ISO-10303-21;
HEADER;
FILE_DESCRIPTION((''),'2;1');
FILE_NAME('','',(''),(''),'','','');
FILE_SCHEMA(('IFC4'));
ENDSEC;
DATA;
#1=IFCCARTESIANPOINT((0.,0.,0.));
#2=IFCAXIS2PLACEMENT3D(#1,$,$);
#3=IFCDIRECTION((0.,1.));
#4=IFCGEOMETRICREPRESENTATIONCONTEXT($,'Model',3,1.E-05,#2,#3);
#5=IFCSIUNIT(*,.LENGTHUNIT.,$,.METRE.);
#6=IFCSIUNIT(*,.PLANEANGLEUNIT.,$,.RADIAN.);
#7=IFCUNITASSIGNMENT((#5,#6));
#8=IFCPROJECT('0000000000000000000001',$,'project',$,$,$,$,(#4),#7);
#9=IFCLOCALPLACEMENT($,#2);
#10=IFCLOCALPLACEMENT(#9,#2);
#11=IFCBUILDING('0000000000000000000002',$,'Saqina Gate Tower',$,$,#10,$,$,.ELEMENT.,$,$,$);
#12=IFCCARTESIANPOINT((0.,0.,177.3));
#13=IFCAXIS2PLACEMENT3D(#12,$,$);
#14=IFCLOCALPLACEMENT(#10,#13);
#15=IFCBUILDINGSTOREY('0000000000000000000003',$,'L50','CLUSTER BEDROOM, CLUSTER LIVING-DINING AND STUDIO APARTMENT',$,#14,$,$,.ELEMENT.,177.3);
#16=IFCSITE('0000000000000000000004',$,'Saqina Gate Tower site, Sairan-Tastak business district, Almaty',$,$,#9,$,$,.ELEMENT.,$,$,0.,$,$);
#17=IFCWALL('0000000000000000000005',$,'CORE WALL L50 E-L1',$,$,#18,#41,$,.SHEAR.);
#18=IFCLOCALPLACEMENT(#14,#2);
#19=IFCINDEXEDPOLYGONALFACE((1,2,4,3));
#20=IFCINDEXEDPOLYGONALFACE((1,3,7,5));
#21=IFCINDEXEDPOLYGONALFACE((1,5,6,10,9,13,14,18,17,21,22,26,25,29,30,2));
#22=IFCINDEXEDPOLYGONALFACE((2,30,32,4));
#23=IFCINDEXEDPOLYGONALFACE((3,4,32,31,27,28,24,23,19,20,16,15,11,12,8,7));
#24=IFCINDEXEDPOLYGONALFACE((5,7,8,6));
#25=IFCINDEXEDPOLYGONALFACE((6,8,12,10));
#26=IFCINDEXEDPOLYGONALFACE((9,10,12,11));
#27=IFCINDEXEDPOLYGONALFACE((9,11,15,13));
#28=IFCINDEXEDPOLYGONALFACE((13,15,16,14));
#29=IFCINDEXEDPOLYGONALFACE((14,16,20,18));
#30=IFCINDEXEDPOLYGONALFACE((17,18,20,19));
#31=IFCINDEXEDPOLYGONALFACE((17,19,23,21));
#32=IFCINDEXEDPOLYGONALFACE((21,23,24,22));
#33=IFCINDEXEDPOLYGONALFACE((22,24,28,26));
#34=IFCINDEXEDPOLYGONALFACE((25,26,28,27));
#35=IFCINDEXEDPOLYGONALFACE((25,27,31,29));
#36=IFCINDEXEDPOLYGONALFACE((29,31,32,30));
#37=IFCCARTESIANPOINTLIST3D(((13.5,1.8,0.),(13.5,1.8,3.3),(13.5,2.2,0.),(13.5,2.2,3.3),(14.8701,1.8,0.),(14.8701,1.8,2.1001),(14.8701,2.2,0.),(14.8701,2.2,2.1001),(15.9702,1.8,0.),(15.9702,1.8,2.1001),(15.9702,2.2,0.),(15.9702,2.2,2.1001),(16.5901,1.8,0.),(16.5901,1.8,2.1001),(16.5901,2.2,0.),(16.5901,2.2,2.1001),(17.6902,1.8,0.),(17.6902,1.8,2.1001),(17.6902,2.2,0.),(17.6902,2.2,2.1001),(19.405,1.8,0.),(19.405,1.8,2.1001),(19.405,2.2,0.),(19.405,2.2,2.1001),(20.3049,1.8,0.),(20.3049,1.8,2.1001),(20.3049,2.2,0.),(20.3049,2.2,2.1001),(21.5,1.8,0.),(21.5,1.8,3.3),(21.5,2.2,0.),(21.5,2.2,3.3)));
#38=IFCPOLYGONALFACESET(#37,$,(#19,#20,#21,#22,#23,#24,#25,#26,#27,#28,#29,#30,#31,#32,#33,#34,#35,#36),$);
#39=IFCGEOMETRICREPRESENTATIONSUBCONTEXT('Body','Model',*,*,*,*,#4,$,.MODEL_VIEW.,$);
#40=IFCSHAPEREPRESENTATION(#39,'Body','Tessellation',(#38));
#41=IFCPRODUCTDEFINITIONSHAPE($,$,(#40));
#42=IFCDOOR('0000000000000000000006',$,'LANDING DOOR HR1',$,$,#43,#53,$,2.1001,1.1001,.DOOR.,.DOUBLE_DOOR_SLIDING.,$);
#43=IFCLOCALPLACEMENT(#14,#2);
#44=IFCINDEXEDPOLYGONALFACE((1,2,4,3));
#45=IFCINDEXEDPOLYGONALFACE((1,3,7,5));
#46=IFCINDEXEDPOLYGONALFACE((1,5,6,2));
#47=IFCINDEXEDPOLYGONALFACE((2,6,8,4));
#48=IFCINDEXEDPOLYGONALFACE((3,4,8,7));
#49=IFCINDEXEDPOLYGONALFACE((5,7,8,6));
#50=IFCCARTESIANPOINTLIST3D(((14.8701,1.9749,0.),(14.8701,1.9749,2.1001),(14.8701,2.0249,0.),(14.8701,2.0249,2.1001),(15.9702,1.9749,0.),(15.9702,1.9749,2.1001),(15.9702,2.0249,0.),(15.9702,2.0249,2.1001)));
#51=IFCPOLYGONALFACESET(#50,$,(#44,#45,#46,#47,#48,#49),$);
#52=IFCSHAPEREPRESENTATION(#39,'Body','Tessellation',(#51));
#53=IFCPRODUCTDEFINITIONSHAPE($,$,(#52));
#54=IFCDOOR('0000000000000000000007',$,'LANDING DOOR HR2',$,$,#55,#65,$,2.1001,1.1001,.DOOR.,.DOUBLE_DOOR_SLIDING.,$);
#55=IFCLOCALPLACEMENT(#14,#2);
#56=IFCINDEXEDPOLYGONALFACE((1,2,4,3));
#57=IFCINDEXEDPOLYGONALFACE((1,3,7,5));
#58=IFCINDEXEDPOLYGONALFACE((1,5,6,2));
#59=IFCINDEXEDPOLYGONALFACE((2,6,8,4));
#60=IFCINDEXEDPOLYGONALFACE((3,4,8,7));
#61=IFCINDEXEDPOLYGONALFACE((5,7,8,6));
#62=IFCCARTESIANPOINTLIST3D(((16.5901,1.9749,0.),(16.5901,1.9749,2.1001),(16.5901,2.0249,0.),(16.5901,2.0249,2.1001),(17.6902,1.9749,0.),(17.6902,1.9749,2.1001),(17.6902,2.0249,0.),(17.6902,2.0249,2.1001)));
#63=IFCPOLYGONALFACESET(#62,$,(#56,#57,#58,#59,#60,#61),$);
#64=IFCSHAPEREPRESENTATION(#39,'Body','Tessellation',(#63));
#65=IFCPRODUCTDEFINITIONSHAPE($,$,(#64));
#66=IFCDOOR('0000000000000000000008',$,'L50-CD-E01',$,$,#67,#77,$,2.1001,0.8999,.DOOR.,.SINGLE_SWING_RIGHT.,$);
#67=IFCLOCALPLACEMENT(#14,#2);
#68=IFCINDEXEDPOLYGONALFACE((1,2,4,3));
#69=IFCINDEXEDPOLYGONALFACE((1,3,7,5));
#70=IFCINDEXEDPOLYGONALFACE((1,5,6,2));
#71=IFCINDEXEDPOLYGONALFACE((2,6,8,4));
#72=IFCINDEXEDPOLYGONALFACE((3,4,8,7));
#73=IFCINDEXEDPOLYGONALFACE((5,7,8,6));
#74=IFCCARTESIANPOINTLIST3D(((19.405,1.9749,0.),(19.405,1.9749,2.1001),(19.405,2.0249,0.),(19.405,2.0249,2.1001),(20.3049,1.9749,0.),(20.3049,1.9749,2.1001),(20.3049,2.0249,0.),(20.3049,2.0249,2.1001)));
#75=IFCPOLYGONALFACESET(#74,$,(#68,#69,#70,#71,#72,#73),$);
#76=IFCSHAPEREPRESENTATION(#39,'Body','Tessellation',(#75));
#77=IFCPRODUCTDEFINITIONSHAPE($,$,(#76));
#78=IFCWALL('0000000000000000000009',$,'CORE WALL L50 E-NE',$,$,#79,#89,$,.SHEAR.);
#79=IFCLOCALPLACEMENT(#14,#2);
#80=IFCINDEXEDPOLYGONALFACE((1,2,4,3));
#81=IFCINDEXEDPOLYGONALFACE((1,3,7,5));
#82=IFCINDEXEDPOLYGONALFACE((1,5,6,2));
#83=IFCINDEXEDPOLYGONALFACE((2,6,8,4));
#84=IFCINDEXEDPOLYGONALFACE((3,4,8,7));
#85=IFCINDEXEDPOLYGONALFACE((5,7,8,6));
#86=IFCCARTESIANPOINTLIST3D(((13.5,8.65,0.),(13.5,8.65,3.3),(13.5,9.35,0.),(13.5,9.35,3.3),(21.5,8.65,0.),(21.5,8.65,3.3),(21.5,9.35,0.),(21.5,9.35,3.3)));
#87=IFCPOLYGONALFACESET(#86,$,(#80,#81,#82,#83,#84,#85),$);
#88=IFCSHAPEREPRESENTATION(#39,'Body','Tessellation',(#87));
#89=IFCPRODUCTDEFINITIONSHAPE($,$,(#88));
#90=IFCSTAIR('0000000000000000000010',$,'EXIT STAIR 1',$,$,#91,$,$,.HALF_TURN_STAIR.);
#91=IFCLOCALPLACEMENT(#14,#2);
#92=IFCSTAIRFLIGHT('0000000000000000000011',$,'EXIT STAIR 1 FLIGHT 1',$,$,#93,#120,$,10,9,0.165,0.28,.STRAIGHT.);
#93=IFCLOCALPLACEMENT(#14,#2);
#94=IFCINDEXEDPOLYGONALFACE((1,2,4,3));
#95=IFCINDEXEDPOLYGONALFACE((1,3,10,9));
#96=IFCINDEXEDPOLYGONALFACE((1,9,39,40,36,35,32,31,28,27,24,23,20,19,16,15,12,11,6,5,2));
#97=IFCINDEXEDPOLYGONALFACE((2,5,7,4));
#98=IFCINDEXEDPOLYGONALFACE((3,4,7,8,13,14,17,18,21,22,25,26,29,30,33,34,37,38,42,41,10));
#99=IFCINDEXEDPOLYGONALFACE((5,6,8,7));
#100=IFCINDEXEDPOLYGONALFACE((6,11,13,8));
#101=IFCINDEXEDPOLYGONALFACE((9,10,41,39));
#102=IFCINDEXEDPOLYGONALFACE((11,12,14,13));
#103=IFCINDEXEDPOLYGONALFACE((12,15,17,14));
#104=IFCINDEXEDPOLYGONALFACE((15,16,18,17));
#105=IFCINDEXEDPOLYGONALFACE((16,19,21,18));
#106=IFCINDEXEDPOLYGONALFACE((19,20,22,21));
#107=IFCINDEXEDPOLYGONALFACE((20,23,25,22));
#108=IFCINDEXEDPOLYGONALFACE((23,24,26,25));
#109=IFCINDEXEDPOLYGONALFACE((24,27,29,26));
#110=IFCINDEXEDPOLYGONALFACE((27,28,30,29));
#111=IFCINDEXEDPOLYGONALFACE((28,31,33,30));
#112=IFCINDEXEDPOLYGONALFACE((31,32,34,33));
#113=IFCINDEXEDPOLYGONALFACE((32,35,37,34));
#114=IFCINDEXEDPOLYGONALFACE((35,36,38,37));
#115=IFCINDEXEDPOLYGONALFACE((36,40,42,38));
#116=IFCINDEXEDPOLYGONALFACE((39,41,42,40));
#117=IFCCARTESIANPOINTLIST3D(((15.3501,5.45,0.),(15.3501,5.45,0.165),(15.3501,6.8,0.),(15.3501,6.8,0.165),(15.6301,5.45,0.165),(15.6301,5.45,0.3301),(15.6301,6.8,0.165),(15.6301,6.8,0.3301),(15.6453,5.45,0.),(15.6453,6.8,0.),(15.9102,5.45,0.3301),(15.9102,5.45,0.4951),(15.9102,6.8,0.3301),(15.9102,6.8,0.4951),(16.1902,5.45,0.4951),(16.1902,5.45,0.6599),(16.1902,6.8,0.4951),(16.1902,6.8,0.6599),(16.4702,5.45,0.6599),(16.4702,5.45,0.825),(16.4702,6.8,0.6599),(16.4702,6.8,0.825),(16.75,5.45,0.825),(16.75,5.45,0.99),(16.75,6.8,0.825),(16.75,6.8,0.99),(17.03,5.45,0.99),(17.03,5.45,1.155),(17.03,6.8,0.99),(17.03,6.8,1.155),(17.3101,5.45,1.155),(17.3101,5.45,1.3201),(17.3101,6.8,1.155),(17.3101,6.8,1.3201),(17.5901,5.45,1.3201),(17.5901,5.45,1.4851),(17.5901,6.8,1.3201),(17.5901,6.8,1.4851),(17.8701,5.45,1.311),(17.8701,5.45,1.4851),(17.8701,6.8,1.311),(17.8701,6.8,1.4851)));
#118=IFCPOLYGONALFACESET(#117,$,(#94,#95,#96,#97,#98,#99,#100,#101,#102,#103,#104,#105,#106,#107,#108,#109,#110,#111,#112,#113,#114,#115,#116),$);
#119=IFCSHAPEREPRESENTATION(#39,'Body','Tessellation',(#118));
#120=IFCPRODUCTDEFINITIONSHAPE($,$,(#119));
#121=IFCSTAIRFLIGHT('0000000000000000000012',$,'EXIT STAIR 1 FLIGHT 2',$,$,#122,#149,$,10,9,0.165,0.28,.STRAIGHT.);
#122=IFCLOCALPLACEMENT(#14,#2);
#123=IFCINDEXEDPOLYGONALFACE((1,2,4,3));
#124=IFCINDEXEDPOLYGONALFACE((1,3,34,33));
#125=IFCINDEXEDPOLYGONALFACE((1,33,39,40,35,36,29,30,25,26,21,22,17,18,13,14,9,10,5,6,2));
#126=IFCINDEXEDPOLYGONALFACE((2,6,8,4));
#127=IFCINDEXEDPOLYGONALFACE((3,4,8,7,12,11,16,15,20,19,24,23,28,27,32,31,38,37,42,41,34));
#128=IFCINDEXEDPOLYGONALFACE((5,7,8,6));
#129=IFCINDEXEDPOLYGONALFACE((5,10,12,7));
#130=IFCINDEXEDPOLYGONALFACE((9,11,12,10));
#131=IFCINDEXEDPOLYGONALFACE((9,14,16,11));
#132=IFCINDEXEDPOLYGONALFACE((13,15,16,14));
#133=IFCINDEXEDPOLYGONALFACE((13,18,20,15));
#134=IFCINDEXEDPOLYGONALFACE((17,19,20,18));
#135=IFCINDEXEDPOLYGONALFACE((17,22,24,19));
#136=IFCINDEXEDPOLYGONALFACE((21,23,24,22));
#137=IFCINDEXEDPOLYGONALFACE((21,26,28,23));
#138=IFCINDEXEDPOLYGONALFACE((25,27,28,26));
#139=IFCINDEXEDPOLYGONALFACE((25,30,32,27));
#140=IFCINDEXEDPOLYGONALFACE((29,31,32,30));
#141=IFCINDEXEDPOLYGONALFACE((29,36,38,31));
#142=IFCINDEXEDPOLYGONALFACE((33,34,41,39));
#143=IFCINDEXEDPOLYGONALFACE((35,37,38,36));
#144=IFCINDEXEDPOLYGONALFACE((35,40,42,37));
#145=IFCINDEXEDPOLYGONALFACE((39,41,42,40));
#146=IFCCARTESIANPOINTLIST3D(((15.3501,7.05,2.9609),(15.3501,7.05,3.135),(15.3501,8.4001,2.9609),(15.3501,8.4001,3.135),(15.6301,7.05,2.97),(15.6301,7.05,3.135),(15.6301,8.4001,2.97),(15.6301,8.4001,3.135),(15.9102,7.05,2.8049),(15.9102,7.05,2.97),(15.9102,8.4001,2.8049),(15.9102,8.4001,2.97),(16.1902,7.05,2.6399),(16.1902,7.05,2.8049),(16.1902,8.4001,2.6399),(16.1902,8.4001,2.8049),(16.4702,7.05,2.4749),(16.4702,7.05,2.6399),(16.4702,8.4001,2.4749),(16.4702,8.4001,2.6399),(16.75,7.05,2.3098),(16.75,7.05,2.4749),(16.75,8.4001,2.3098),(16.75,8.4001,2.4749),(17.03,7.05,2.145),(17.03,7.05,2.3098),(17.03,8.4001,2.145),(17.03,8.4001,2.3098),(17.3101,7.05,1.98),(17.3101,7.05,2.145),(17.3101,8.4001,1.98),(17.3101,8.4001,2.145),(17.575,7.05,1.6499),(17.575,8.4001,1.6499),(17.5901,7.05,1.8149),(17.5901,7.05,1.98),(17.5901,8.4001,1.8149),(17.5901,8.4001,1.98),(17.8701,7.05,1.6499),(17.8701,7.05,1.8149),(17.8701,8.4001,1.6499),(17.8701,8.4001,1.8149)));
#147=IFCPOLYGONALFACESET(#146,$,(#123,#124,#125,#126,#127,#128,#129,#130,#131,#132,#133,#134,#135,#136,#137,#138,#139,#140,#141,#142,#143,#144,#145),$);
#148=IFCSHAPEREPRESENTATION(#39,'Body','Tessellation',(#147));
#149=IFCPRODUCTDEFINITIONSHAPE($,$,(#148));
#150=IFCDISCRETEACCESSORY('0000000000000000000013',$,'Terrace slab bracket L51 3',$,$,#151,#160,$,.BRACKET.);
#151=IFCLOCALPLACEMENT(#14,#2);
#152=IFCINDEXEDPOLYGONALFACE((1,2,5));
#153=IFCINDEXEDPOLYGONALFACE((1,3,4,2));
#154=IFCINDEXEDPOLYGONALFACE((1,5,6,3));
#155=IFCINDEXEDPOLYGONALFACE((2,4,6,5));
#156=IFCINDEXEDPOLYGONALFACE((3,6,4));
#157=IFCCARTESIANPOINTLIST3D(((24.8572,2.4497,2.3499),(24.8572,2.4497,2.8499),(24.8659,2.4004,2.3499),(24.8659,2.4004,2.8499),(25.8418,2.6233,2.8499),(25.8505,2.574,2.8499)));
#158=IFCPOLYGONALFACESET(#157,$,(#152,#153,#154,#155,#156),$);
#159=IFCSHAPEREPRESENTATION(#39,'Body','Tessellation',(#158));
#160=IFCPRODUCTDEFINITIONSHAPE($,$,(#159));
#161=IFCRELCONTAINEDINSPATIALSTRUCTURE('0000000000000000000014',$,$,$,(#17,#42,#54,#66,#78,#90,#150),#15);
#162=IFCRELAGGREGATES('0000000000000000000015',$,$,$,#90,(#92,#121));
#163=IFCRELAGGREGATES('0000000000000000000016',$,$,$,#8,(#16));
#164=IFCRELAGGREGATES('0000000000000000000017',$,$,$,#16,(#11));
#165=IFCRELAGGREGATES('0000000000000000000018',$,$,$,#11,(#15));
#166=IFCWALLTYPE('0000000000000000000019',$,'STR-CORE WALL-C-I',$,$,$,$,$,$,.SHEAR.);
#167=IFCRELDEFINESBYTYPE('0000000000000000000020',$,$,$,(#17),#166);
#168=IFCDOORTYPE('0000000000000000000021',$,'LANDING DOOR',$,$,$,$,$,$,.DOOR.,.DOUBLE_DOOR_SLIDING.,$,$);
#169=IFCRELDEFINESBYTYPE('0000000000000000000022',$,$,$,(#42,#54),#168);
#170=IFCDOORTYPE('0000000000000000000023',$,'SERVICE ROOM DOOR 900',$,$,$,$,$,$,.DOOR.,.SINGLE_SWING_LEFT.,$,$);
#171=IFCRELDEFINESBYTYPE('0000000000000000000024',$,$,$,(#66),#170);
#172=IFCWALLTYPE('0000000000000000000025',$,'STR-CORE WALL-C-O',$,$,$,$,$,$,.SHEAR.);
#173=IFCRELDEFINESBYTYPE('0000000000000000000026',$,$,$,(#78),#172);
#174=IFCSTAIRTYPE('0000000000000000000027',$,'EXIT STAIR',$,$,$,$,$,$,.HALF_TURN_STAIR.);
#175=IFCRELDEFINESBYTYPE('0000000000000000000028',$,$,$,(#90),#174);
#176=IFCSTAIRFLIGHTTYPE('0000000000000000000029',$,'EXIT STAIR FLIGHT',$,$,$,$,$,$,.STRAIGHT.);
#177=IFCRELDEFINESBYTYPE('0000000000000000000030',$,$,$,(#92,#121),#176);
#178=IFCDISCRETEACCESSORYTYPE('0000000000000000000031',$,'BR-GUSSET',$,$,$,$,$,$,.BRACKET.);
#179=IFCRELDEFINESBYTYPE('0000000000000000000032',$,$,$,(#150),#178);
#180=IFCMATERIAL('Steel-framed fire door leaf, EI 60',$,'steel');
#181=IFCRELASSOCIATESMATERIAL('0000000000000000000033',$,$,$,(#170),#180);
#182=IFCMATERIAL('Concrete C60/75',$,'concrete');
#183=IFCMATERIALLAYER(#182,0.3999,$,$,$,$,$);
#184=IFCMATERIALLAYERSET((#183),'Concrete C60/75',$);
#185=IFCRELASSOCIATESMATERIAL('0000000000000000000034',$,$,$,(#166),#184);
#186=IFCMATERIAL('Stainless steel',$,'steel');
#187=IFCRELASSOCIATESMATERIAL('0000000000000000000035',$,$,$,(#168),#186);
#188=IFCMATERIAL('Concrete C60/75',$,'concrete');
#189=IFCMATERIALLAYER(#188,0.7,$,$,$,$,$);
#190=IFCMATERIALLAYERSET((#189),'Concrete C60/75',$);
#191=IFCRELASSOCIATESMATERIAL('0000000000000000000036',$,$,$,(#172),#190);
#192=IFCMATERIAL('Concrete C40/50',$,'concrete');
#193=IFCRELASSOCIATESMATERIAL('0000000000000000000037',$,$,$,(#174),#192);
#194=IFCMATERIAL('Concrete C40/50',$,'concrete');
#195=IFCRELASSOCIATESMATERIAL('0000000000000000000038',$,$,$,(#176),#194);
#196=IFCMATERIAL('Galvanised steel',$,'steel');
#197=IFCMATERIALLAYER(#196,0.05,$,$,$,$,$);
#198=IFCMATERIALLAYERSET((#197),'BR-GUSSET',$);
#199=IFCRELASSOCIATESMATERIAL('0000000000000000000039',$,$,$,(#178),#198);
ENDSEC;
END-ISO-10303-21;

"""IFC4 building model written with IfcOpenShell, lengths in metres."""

from ifc_helpers import new_model, si_unit, direction, frame, frame_2d, origin, place, context, subcontext, project, spatial, polyline, rectangle, outline, extrude, material, layer, layer_set, type_object, element, fill, aggregate, save


model = new_model("IFC4")

# Units and contexts
model_context = context("Model", 3, precision=1e-05, world=origin(), true_north=direction((0.0, 1.0)))
body_context = subcontext(model_context, "Body", "Model", "MODEL_VIEW")
ifc_project = project(units=[si_unit("LENGTHUNIT", "METRE"), si_unit("PLANEANGLEUNIT", "RADIAN")], contexts=[model_context])

# Site, building, storey
site_placement = place(None, origin())
site = spatial("IfcSite", under=ifc_project, at=site_placement, Name="Saqina Gate Tower site, Sairan-Tastak business district, Almaty", CompositionType="ELEMENT", RefElevation=0.0)
building_placement = place(site_placement, origin())
building = spatial("IfcBuilding", under=site, at=building_placement, Name="Saqina Gate Tower", CompositionType="ELEMENT")
storey_placement = place(building_placement, frame((0.0, 0.0, 177.3)))
storey = spatial("IfcBuildingStorey", under=building, at=storey_placement, Name="L50", Description="CLUSTER BEDROOM, CLUSTER LIVING-DINING AND STUDIO APARTMENT", CompositionType="ELEMENT", Elevation=177.3)

# Shared definitions
ifc_material_1 = material(Name="Steel-framed fire door leaf, EI 60", Category="steel")
door_type_1 = type_object("IfcDoorType", Name="SERVICE ROOM DOOR 900", OperationType="SINGLE_SWING_LEFT", PredefinedType="DOOR", material=ifc_material_1)

# Shared definitions
ifc_material_2 = material(Name="Concrete C60/75", Category="concrete")
ifc_layer_1 = layer(ifc_material_2, 0.3999)
ifc_layer_set_1 = layer_set([ifc_layer_1], Name="Concrete C60/75")
wall_type_1 = type_object("IfcWallType", Name="STR-CORE WALL-C-I", PredefinedType="SHEAR", material=ifc_layer_set_1)

# Wall, openings, doors
wall_1_placement = place(storey_placement, frame((13.5, 2.0, 0.0), z_axis=(0.0, 0.0, 1.0), x_axis=(1.0, 0.0, 0.0)))
wall_1 = element("IfcWall", 1, at=wall_1_placement, inside=storey, type_object=wall_type_1, Name="CORE WALL L50 E-L1", PredefinedType="SHEAR", context=body_context, shape_type="SweptSolid", body=[
    extrude(rectangle(XDim=8.0, YDim=0.3999, at=frame_2d((4.0, 0.0))), origin(), (0.0, 0.0, 1.0), 3.3),
])
opening_1_placement = place(wall_1_placement, frame((1.3701, 0.0, 0.0)))
opening_1 = element("IfcOpeningElement", 2, at=opening_1_placement, cuts=wall_1, PredefinedType="OPENING", context=body_context, shape_type="SweptSolid", body=[
    extrude(rectangle(XDim=1.1001, YDim=2.1001, at=frame_2d((0.55, 1.05))), frame((0.0, 0.2119, 0.0), z_axis=(0.0, -1.0, 0.0), x_axis=(1.0, 0.0, 0.0)), (0.0, 0.0, 1.0), 0.4238),
])
opening_2_placement = place(wall_1_placement, frame((3.0901, 0.0, 0.0)))
opening_2 = element("IfcOpeningElement", 3, at=opening_2_placement, cuts=wall_1, PredefinedType="OPENING", context=body_context, shape_type="SweptSolid", body=[
    extrude(rectangle(XDim=1.1001, YDim=2.1001, at=frame_2d((0.55, 1.05))), frame((0.0, 0.2119, 0.0), z_axis=(0.0, -1.0, 0.0), x_axis=(1.0, 0.0, 0.0)), (0.0, 0.0, 1.0), 0.4238),
])
opening_3_placement = place(wall_1_placement, frame((5.905, 0.0, 0.0)))
opening_3 = element("IfcOpeningElement", 4, at=opening_3_placement, cuts=wall_1, PredefinedType="OPENING", context=body_context, shape_type="SweptSolid", body=[
    extrude(rectangle(XDim=0.8999, YDim=2.1001, at=frame_2d((0.45, 1.05))), frame((0.0, 0.2119, 0.0), z_axis=(0.0, -1.0, 0.0), x_axis=(1.0, 0.0, 0.0)), (0.0, 0.0, 1.0), 0.4238),
])
ifc_material_3 = material(Name="Stainless steel", Category="steel")
door_type_2 = type_object("IfcDoorType", Name="LANDING DOOR", OperationType="DOUBLE_DOOR_SLIDING", PredefinedType="DOOR", material=ifc_material_3)
door_1_placement = place(opening_1_placement, origin())
door_1 = element("IfcDoor", 5, at=door_1_placement, inside=storey, type_object=door_type_2, Name="LANDING DOOR HR1", OperationType="DOUBLE_DOOR_SLIDING", OverallHeight=2.1001, OverallWidth=1.1001, PredefinedType="DOOR", context=body_context, shape_type="SweptSolid", body=[
    extrude(rectangle(XDim=1.1001, YDim=2.1001, at=frame_2d((0.55, 1.05))), frame((0.0, 0.0249, 0.0), z_axis=(0.0, -1.0, 0.0), x_axis=(1.0, 0.0, 0.0)), (0.0, 0.0, 1.0), 0.05),
])
fill(opening_1, door_1)
door_2_placement = place(opening_2_placement, origin())
door_2 = element("IfcDoor", 6, at=door_2_placement, inside=storey, type_object=door_type_2, Name="LANDING DOOR HR2", OperationType="DOUBLE_DOOR_SLIDING", OverallHeight=2.1001, OverallWidth=1.1001, PredefinedType="DOOR", context=body_context, shape_type="SweptSolid", body=[
    extrude(rectangle(XDim=1.1001, YDim=2.1001, at=frame_2d((0.55, 1.05))), frame((0.0, 0.0249, 0.0), z_axis=(0.0, -1.0, 0.0), x_axis=(1.0, 0.0, 0.0)), (0.0, 0.0, 1.0), 0.05),
])
fill(opening_2, door_2)
door_3_placement = place(opening_3_placement, origin())
door_3 = element("IfcDoor", 7, at=door_3_placement, inside=storey, type_object=door_type_1, Name="L50-CD-E01", OperationType="SINGLE_SWING_RIGHT", OverallHeight=2.1001, OverallWidth=0.8999, PredefinedType="DOOR", context=body_context, shape_type="SweptSolid", body=[
    extrude(rectangle(XDim=0.8999, YDim=2.1001, at=frame_2d((0.45, 1.05))), frame((0.0, 0.0249, 0.0), z_axis=(0.0, -1.0, 0.0), x_axis=(1.0, 0.0, 0.0)), (0.0, 0.0, 1.0), 0.05),
])
fill(opening_3, door_3)

# Wall
ifc_material_4 = material(Name="Concrete C60/75", Category="concrete")
ifc_layer_2 = layer(ifc_material_4, 0.7)
ifc_layer_set_2 = layer_set([ifc_layer_2], Name="Concrete C60/75")
wall_type_2 = type_object("IfcWallType", Name="STR-CORE WALL-C-O", PredefinedType="SHEAR", material=ifc_layer_set_2)
wall_2_placement = place(storey_placement, frame((13.5, 9.0, 0.0), z_axis=(0.0, 0.0, 1.0), x_axis=(1.0, 0.0, 0.0)))
element("IfcWall", 8, at=wall_2_placement, inside=storey, type_object=wall_type_2, Name="CORE WALL L50 E-NE", PredefinedType="SHEAR", context=body_context, shape_type="SweptSolid", body=[
    extrude(rectangle(XDim=8.0, YDim=0.7, at=frame_2d((4.0, 0.0))), origin(), (0.0, 0.0, 1.0), 3.3),
])

# Stair, stair flights
ifc_material_5 = material(Name="Concrete C40/50", Category="concrete")
stair_type = type_object("IfcStairType", Name="EXIT STAIR", PredefinedType="HALF_TURN_STAIR", material=ifc_material_5)
stair_placement = place(storey_placement, origin())
stair = element("IfcStair", 9, at=stair_placement, inside=storey, type_object=stair_type, Name="EXIT STAIR 1", PredefinedType="HALF_TURN_STAIR")
ifc_material_6 = material(Name="Concrete C40/50", Category="concrete")
stair_flight_type = type_object("IfcStairFlightType", Name="EXIT STAIR FLIGHT", PredefinedType="STRAIGHT", material=ifc_material_6)
stair_flight_1_placement = place(storey_placement, frame((15.3501, 6.125, 0.0), z_axis=(0.0, 0.0, 1.0), x_axis=(1.0, 0.0, 0.0)))
stair_flight_1 = element("IfcStairFlight", 10, at=stair_flight_1_placement, type_object=stair_flight_type, Name="EXIT STAIR 1 FLIGHT 1", NumberOfRisers=10, NumberOfTreads=9, PredefinedType="STRAIGHT", RiserHeight=0.165, TreadLength=0.28, context=body_context, shape_type="SweptSolid", body=[
    extrude(outline(polyline([(0.0, 0.0), (0.0, 0.165), (0.28, 0.165), (0.28, 0.3301), (0.5601, 0.3301), (0.5601, 0.4951), (0.8401, 0.4951), (0.8401, 0.6599), (1.1201, 0.6599), (1.1201, 0.825), (1.3999, 0.825), (1.3999, 0.99), (1.6799, 0.99), (1.6799, 1.155), (1.96, 1.155), (1.96, 1.3201), (2.24, 1.3201), (2.24, 1.4851), (2.52, 1.4851), (2.52, 1.6499), (2.52, 1.311), (0.2952, 0.0), (0.0, 0.0)])), frame((0.0, 0.675, 0.0), z_axis=(0.0, -1.0, 0.0), x_axis=(1.0, 0.0, 0.0)), (0.0, 0.0, 1.0), 1.3501),
])
stair_flight_2_placement = place(storey_placement, frame((17.8701, 7.7251, 1.6499), z_axis=(0.0, 0.0, 1.0), x_axis=(-1.0, 0.0, 0.0)))
stair_flight_2 = element("IfcStairFlight", 11, at=stair_flight_2_placement, type_object=stair_flight_type, Name="EXIT STAIR 1 FLIGHT 2", NumberOfRisers=10, NumberOfTreads=9, PredefinedType="STRAIGHT", RiserHeight=0.165, TreadLength=0.28, context=body_context, shape_type="SweptSolid", body=[
    extrude(outline(polyline([(0.0, 0.0), (0.0, 0.165), (0.28, 0.165), (0.28, 0.3301), (0.5601, 0.3301), (0.5601, 0.4951), (0.8401, 0.4951), (0.8401, 0.6599), (1.1201, 0.6599), (1.1201, 0.825), (1.3999, 0.825), (1.3999, 0.99), (1.6799, 0.99), (1.6799, 1.155), (1.96, 1.155), (1.96, 1.3201), (2.24, 1.3201), (2.24, 1.4851), (2.52, 1.4851), (2.52, 1.6499), (2.52, 1.311), (0.2952, 0.0), (0.0, 0.0)])), frame((0.0, 0.675, 0.0), z_axis=(0.0, -1.0, 0.0), x_axis=(1.0, 0.0, 0.0)), (0.0, 0.0, 1.0), 1.3501),
])
aggregate(stair, [stair_flight_1, stair_flight_2])

# Discrete accessory
ifc_material_7 = material(Name="Galvanised steel", Category="steel")
ifc_layer_3 = layer(ifc_material_7, 0.05)
ifc_layer_set_3 = layer_set([ifc_layer_3], Name="BR-GUSSET")
discrete_accessory_type = type_object("IfcDiscreteAccessoryType", Name="BR-GUSSET", PredefinedType="BRACKET", material=ifc_layer_set_3)
discrete_accessory_1_placement = place(storey_placement, frame((24.8572, 2.4497, 2.3499), z_axis=(-0.173618, 0.984813, 0.0), x_axis=(0.0, 0.0, 1.0)))
element("IfcDiscreteAccessory", 12, at=discrete_accessory_1_placement, inside=storey, type_object=discrete_accessory_type, Name="Terrace slab bracket L51 3", PredefinedType="BRACKET", context=body_context, shape_type="SweptSolid", body=[
    extrude(outline(polyline([(0.0, 0.0), (0.5, 0.0), (0.5, 0.9998), (0.0, 0.0)])), origin(), (0.0, 0.0, -1.0), 0.05),
])

save(model, "model.ifc")
